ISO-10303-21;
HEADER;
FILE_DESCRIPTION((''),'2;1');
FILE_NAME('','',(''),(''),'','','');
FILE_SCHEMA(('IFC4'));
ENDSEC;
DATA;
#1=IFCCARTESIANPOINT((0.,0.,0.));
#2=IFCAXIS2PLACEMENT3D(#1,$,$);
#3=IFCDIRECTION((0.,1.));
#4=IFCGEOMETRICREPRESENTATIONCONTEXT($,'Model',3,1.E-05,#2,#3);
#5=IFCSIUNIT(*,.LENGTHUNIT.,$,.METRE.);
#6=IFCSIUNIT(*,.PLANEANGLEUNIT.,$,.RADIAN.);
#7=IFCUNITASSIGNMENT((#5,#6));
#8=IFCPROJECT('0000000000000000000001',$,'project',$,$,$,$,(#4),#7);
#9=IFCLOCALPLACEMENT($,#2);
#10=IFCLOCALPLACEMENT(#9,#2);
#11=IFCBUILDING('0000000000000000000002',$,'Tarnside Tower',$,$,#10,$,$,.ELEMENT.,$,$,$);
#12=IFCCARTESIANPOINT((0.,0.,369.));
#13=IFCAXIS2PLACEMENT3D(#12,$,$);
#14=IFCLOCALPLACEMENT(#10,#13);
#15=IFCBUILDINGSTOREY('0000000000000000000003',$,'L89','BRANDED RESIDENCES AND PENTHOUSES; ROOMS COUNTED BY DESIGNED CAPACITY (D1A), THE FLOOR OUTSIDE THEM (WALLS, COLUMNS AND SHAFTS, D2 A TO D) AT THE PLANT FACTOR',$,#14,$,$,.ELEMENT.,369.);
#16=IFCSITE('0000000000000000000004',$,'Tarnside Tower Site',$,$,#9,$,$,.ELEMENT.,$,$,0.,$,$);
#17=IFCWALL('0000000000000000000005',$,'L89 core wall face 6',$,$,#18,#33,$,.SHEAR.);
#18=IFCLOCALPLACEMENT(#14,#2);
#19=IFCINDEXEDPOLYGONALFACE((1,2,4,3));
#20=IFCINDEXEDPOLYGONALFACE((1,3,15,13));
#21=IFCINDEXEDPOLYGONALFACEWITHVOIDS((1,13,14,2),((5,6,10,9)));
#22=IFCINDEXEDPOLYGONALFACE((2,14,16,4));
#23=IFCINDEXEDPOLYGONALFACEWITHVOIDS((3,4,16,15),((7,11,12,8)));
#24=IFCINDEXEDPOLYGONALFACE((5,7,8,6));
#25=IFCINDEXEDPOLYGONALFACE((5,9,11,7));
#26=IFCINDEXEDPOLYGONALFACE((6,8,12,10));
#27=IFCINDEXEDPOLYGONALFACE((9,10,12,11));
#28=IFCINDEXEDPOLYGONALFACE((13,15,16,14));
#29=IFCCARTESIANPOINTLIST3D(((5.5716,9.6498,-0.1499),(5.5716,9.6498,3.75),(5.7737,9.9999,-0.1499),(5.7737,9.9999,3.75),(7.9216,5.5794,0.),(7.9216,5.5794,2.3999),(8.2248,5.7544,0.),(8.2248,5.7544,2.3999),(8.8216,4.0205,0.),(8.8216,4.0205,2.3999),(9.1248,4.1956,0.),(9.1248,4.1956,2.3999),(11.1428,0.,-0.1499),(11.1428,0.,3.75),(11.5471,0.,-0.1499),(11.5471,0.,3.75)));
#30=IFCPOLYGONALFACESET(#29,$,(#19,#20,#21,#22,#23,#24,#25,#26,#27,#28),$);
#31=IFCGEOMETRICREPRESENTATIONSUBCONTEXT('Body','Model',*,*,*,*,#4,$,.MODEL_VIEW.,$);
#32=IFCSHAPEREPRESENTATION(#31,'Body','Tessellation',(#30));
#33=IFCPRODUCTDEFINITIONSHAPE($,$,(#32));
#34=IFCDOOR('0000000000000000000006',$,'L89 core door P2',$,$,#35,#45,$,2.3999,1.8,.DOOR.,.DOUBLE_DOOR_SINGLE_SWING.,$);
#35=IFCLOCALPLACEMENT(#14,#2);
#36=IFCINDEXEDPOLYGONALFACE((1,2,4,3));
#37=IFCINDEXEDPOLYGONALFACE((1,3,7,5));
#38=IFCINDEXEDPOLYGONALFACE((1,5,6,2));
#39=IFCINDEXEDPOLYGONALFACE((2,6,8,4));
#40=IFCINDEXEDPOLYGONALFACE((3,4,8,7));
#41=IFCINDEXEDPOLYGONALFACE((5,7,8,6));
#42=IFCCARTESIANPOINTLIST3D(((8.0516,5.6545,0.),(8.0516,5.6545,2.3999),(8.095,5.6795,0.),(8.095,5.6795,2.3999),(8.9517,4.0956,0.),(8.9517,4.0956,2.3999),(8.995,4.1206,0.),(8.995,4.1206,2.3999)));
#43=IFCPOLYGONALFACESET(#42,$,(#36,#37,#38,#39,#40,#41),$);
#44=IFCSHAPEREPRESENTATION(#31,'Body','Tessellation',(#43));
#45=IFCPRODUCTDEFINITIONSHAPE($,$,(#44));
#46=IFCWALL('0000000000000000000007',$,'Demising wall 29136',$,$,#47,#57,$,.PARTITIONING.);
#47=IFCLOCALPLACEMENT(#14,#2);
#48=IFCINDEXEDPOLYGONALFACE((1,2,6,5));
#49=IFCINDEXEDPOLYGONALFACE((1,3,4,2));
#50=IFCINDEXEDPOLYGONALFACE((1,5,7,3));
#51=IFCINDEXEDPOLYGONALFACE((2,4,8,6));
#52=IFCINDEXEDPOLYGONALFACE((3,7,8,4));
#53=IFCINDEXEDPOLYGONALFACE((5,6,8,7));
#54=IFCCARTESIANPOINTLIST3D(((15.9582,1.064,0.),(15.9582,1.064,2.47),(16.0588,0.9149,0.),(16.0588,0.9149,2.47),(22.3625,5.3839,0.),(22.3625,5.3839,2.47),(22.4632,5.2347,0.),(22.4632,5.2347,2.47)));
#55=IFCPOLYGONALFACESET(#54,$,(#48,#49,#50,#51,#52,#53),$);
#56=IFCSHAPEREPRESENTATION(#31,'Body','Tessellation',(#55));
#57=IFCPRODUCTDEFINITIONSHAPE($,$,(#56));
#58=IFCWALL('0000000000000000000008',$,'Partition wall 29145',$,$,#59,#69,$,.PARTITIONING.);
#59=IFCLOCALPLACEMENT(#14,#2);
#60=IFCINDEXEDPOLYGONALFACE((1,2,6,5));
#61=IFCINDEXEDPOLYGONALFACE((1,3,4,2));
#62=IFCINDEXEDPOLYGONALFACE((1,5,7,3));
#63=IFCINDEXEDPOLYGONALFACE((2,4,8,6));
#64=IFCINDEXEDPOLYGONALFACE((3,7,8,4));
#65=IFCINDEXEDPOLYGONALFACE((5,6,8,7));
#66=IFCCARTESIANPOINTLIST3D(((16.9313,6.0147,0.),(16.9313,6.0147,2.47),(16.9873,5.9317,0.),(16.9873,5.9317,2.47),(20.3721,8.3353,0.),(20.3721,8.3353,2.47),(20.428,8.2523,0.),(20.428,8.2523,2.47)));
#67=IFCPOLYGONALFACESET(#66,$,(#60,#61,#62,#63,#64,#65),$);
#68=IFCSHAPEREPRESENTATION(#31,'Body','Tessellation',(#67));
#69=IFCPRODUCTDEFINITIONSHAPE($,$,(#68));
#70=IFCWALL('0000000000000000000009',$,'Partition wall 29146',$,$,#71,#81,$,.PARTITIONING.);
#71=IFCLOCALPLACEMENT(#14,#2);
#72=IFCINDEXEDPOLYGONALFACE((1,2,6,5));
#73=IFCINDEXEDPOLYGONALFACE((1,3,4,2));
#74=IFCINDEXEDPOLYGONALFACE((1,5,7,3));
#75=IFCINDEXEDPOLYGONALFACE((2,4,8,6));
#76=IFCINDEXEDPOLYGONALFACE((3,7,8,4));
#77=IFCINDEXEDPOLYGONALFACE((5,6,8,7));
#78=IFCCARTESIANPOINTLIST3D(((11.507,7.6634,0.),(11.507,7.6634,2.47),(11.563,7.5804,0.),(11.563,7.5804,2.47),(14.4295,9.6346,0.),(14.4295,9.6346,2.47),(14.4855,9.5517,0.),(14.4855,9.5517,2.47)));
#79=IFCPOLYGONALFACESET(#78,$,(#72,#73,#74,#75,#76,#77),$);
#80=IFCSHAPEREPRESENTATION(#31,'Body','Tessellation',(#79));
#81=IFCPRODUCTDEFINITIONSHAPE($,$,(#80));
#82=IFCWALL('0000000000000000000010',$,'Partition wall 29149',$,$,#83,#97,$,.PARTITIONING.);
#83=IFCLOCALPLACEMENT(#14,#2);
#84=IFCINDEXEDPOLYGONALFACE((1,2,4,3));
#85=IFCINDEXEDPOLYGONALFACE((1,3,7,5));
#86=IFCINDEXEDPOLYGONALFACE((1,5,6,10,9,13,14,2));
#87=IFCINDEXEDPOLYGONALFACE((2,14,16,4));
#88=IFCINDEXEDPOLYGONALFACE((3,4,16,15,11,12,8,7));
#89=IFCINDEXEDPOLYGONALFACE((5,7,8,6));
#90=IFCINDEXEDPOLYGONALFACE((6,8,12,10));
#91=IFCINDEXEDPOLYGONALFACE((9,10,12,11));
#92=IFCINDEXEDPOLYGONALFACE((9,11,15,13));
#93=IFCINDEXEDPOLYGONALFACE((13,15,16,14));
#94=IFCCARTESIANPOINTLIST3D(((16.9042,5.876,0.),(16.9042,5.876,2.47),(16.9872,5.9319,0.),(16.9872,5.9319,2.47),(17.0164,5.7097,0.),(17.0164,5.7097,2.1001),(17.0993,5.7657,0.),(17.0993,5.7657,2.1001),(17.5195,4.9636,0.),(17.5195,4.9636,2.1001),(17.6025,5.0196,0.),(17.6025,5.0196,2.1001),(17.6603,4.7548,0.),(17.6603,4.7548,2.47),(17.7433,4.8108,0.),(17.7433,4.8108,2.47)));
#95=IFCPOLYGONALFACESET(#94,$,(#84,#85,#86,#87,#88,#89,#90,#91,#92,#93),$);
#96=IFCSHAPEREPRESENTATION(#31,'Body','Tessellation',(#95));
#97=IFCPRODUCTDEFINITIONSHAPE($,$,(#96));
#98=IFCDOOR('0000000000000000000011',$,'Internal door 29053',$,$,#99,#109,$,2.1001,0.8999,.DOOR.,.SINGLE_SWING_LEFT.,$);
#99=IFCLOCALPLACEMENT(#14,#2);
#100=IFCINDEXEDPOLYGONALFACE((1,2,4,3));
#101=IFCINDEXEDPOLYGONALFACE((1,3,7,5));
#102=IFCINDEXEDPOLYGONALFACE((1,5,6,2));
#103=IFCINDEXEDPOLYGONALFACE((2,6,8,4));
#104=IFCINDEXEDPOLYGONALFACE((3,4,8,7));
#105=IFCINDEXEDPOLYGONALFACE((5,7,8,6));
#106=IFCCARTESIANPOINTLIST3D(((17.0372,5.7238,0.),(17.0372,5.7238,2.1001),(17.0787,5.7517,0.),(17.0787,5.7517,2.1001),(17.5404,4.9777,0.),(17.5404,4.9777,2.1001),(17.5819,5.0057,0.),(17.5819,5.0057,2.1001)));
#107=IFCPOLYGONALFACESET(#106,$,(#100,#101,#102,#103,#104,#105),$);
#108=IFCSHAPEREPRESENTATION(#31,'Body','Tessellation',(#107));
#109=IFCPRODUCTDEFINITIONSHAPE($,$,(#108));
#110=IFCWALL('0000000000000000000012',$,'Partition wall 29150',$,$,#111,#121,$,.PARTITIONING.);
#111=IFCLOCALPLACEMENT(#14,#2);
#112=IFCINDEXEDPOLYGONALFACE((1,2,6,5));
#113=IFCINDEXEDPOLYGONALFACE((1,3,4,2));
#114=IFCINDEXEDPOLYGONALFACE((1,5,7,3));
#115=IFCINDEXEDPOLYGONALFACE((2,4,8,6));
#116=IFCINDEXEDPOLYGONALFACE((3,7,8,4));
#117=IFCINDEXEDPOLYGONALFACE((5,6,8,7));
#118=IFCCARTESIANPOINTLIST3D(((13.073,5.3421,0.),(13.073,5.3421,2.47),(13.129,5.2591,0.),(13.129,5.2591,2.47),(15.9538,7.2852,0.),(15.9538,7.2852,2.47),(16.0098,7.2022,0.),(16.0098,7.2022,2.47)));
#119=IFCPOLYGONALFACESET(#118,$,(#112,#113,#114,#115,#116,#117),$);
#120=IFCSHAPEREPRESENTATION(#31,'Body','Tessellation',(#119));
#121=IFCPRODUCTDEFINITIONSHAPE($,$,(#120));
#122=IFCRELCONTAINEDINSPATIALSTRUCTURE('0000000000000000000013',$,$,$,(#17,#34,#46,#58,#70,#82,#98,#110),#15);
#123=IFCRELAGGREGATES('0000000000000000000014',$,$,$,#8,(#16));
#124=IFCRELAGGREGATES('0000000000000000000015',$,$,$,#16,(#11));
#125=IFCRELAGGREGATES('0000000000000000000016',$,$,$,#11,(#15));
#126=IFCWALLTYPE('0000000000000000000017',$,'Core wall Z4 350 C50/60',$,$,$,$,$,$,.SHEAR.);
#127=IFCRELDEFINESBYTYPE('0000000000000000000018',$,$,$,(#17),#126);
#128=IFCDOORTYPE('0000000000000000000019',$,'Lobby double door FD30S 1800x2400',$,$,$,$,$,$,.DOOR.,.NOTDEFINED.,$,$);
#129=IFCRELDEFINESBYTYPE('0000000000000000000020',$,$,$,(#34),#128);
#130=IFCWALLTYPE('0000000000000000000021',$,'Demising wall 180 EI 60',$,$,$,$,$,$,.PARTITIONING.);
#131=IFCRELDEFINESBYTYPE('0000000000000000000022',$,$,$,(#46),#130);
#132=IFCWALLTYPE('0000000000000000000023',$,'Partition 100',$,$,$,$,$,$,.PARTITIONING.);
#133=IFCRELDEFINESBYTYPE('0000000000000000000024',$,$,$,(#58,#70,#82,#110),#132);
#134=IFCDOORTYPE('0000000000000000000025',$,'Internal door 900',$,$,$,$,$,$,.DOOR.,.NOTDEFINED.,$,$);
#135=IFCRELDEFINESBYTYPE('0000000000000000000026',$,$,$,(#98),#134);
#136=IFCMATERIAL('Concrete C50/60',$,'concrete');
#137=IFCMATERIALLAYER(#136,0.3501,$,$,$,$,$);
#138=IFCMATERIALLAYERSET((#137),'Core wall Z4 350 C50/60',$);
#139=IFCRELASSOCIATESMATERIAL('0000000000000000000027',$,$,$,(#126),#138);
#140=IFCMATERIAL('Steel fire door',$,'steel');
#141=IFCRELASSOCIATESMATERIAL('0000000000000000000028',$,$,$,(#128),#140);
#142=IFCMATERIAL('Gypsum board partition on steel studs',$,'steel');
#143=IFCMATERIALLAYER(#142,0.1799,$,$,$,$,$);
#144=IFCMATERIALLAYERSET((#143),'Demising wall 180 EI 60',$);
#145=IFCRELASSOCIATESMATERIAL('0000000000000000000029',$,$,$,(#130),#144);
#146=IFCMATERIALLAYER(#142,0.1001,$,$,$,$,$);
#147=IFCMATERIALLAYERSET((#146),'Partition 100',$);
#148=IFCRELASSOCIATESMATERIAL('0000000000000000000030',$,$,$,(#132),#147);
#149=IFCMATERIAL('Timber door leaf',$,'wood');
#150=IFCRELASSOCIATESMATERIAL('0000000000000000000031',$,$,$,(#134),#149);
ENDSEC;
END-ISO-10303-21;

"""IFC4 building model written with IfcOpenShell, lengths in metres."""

from ifc_helpers import new_model, si_unit, direction, frame, frame_2d, origin, place, context, subcontext, project, spatial, polyline, rectangle, outline, extrude, material, layer, layer_set, type_object, element, fill, save


model = new_model("IFC4")

# Units and contexts
model_context = context("Model", 3, precision=1e-05, world=origin(), true_north=direction((0.0, 1.0)))
body_context = subcontext(model_context, "Body", "Model", "MODEL_VIEW")
ifc_project = project(units=[si_unit("LENGTHUNIT", "METRE"), si_unit("PLANEANGLEUNIT", "RADIAN")], contexts=[model_context])

# Site, building, storey
site_placement = place(None, origin())
site = spatial("IfcSite", under=ifc_project, at=site_placement, Name="Tarnside Tower Site", CompositionType="ELEMENT", RefElevation=0.0)
building_placement = place(site_placement, origin())
building = spatial("IfcBuilding", under=site, at=building_placement, Name="Tarnside Tower", CompositionType="ELEMENT")
storey_placement = place(building_placement, frame((0.0, 0.0, 369.0)))
storey = spatial("IfcBuildingStorey", under=building, at=storey_placement, Name="L89", Description="BRANDED RESIDENCES AND PENTHOUSES; ROOMS COUNTED BY DESIGNED CAPACITY (D1A), THE FLOOR OUTSIDE THEM (WALLS, COLUMNS AND SHAFTS, D2 A TO D) AT THE PLANT FACTOR", CompositionType="ELEMENT", Elevation=369.0)

# Shared definitions
ifc_material_1 = material(Name="Gypsum board partition on steel studs", Category="steel")
ifc_material_2 = material(Name="Timber door leaf", Category="wood")

# Wall, opening, door
ifc_material_3 = material(Name="Concrete C50/60", Category="concrete")
ifc_layer_1 = layer(ifc_material_3, 0.3501)
ifc_layer_set_1 = layer_set([ifc_layer_1], Name="Core wall Z4 350 C50/60")
wall_type_1 = type_object("IfcWallType", Name="Core wall Z4 350 C50/60", PredefinedType="SHEAR", material=ifc_layer_set_1)
wall_1_placement = place(storey_placement, frame((11.345, 0.0, -0.1499), z_axis=(0.0, 0.0, 1.0), x_axis=(-0.499995, 0.866028, 0.0)))
wall_1 = element("IfcWall", 1, at=wall_1_placement, inside=storey, type_object=wall_type_1, Name="L89 core wall face 6", PredefinedType="SHEAR", context=body_context, shape_type="SweptSolid", body=[
    extrude(outline(polyline([(-0.1011, -0.175), (11.4458, -0.175), (11.2437, 0.175), (0.1011, 0.175), (-0.1011, -0.175)])), origin(), (0.0, 0.0, 1.0), 3.8999),
])
opening_1_placement = place(wall_1_placement, frame((4.7437, 0.0, 0.1499)))
opening_1 = element("IfcOpeningElement", 2, at=opening_1_placement, cuts=wall_1, PredefinedType="OPENING", context=body_context, shape_type="SweptSolid", body=[
    extrude(rectangle(XDim=1.8, YDim=2.3999, at=frame_2d((0.8999, 1.2))), frame((0.0, 0.1851, 0.0), z_axis=(0.0, -1.0, 0.0), x_axis=(1.0, 0.0, 0.0)), (0.0, 0.0, 1.0), 0.3701),
])
ifc_material_4 = material(Name="Steel fire door", Category="steel")
door_type_1 = type_object("IfcDoorType", Name="Lobby double door FD30S 1800x2400", OperationType="NOTDEFINED", PredefinedType="DOOR", material=ifc_material_4)
door_1_placement = place(opening_1_placement, origin())
door_1 = element("IfcDoor", 3, at=door_1_placement, inside=storey, type_object=door_type_1, Name="L89 core door P2", OperationType="DOUBLE_DOOR_SINGLE_SWING", OverallHeight=2.3999, OverallWidth=1.8, PredefinedType="DOOR", context=body_context, shape_type="SweptSolid", body=[
    extrude(rectangle(XDim=1.8, YDim=2.3999, at=frame_2d((0.8999, 1.2))), frame((0.0, 0.0249, 0.0), z_axis=(0.0, -1.0, 0.0), x_axis=(1.0, 0.0, 0.0)), (0.0, 0.0, 1.0), 0.05),
])
fill(opening_1, door_1)

# Walls
ifc_layer_2 = layer(ifc_material_1, 0.1799)
ifc_layer_set_2 = layer_set([ifc_layer_2], Name="Demising wall 180 EI 60")
wall_type_2 = type_object("IfcWallType", Name="Demising wall 180 EI 60", PredefinedType="PARTITIONING", material=ifc_layer_set_2)
wall_2_placement = place(storey_placement, frame((22.4128, 5.3093, 0.0), z_axis=(0.0, 0.0, 1.0), x_axis=(-0.829033, -0.559199, 0.0)))
element("IfcWall", 4, at=wall_2_placement, inside=storey, type_object=wall_type_2, Name="Demising wall 29136", PredefinedType="PARTITIONING", context=body_context, shape_type="SweptSolid", body=[
    extrude(rectangle(XDim=7.7251, YDim=0.1799, at=frame_2d((3.8625, 0.0))), origin(), (0.0, 0.0, 1.0), 2.47),
])
ifc_layer_3 = layer(ifc_material_1, 0.1001)
ifc_layer_set_3 = layer_set([ifc_layer_3], Name="Partition 100")
wall_type_3 = type_object("IfcWallType", Name="Partition 100", PredefinedType="PARTITIONING", material=ifc_layer_set_3)
wall_3_placement = place(storey_placement, frame((16.9592, 5.9731, 0.0), z_axis=(0.0, 0.0, 1.0), x_axis=(0.829061, 0.559159, 0.0)))
element("IfcWall", 5, at=wall_3_placement, inside=storey, type_object=wall_type_3, Name="Partition wall 29145", PredefinedType="PARTITIONING", context=body_context, shape_type="SweptSolid", body=[
    extrude(rectangle(XDim=4.1501, YDim=0.1001, at=frame_2d((2.0752, 0.0))), origin(), (0.0, 0.0, 1.0), 2.47),
])
wall_4_placement = place(storey_placement, frame((11.5349, 7.6218, 0.0), z_axis=(0.0, 0.0, 1.0), x_axis=(0.829033, 0.559199, 0.0)))
element("IfcWall", 6, at=wall_4_placement, inside=storey, type_object=wall_type_3, Name="Partition wall 29146", PredefinedType="PARTITIONING", context=body_context, shape_type="SweptSolid", body=[
    extrude(rectangle(XDim=3.5251, YDim=0.1001, at=frame_2d((1.7627, 0.0))), origin(), (0.0, 0.0, 1.0), 2.47),
])

# Wall, opening, door
wall_5_placement = place(storey_placement, frame((17.7019, 4.7827, 0.0), z_axis=(0.0, 0.0, 1.0), x_axis=(-0.55915, 0.829066, 0.0)))
wall_5 = element("IfcWall", 7, at=wall_5_placement, inside=storey, type_object=wall_type_3, Name="Partition wall 29149", PredefinedType="PARTITIONING", context=body_context, shape_type="SweptSolid", body=[
    extrude(rectangle(XDim=1.3523, YDim=0.1001, at=frame_2d((0.6763, 0.0))), origin(), (0.0, 0.0, 1.0), 2.47),
])
opening_2_placement = place(wall_5_placement, frame((0.252, 0.0, 0.0)))
opening_2 = element("IfcOpeningElement", 8, at=opening_2_placement, cuts=wall_5, PredefinedType="OPENING", context=body_context, shape_type="SweptSolid", body=[
    extrude(rectangle(XDim=0.8999, YDim=2.1001, at=frame_2d((0.45, 1.05))), frame((0.0, 0.0601, 0.0), z_axis=(0.0, -1.0, 0.0), x_axis=(1.0, 0.0, 0.0)), (0.0, 0.0, 1.0), 0.1201),
])
door_type_2 = type_object("IfcDoorType", Name="Internal door 900", OperationType="NOTDEFINED", PredefinedType="DOOR", material=ifc_material_2)
door_2_placement = place(opening_2_placement, origin())
door_2 = element("IfcDoor", 9, at=door_2_placement, inside=storey, type_object=door_type_2, Name="Internal door 29053", OperationType="SINGLE_SWING_LEFT", OverallHeight=2.1001, OverallWidth=0.8999, PredefinedType="DOOR", context=body_context, shape_type="SweptSolid", body=[
    extrude(rectangle(XDim=0.8999, YDim=2.1001, at=frame_2d((0.45, 1.05))), frame((0.0, 0.0249, 0.0), z_axis=(0.0, -1.0, 0.0), x_axis=(1.0, 0.0, 0.0)), (0.0, 0.0, 1.0), 0.05),
])
fill(opening_2, door_2)

# Wall
wall_6_placement = place(storey_placement, frame((15.9817, 7.2437, 0.0), z_axis=(0.0, 0.0, 1.0), x_axis=(-0.829044, -0.559183, 0.0)))
element("IfcWall", 10, at=wall_6_placement, inside=storey, type_object=wall_type_3, Name="Partition wall 29150", PredefinedType="PARTITIONING", context=body_context, shape_type="SweptSolid", body=[
    extrude(rectangle(XDim=3.4749, YDim=0.1001, at=frame_2d((1.7373, 0.0))), origin(), (0.0, 0.0, 1.0), 2.47),
])

save(model, "model.ifc")
